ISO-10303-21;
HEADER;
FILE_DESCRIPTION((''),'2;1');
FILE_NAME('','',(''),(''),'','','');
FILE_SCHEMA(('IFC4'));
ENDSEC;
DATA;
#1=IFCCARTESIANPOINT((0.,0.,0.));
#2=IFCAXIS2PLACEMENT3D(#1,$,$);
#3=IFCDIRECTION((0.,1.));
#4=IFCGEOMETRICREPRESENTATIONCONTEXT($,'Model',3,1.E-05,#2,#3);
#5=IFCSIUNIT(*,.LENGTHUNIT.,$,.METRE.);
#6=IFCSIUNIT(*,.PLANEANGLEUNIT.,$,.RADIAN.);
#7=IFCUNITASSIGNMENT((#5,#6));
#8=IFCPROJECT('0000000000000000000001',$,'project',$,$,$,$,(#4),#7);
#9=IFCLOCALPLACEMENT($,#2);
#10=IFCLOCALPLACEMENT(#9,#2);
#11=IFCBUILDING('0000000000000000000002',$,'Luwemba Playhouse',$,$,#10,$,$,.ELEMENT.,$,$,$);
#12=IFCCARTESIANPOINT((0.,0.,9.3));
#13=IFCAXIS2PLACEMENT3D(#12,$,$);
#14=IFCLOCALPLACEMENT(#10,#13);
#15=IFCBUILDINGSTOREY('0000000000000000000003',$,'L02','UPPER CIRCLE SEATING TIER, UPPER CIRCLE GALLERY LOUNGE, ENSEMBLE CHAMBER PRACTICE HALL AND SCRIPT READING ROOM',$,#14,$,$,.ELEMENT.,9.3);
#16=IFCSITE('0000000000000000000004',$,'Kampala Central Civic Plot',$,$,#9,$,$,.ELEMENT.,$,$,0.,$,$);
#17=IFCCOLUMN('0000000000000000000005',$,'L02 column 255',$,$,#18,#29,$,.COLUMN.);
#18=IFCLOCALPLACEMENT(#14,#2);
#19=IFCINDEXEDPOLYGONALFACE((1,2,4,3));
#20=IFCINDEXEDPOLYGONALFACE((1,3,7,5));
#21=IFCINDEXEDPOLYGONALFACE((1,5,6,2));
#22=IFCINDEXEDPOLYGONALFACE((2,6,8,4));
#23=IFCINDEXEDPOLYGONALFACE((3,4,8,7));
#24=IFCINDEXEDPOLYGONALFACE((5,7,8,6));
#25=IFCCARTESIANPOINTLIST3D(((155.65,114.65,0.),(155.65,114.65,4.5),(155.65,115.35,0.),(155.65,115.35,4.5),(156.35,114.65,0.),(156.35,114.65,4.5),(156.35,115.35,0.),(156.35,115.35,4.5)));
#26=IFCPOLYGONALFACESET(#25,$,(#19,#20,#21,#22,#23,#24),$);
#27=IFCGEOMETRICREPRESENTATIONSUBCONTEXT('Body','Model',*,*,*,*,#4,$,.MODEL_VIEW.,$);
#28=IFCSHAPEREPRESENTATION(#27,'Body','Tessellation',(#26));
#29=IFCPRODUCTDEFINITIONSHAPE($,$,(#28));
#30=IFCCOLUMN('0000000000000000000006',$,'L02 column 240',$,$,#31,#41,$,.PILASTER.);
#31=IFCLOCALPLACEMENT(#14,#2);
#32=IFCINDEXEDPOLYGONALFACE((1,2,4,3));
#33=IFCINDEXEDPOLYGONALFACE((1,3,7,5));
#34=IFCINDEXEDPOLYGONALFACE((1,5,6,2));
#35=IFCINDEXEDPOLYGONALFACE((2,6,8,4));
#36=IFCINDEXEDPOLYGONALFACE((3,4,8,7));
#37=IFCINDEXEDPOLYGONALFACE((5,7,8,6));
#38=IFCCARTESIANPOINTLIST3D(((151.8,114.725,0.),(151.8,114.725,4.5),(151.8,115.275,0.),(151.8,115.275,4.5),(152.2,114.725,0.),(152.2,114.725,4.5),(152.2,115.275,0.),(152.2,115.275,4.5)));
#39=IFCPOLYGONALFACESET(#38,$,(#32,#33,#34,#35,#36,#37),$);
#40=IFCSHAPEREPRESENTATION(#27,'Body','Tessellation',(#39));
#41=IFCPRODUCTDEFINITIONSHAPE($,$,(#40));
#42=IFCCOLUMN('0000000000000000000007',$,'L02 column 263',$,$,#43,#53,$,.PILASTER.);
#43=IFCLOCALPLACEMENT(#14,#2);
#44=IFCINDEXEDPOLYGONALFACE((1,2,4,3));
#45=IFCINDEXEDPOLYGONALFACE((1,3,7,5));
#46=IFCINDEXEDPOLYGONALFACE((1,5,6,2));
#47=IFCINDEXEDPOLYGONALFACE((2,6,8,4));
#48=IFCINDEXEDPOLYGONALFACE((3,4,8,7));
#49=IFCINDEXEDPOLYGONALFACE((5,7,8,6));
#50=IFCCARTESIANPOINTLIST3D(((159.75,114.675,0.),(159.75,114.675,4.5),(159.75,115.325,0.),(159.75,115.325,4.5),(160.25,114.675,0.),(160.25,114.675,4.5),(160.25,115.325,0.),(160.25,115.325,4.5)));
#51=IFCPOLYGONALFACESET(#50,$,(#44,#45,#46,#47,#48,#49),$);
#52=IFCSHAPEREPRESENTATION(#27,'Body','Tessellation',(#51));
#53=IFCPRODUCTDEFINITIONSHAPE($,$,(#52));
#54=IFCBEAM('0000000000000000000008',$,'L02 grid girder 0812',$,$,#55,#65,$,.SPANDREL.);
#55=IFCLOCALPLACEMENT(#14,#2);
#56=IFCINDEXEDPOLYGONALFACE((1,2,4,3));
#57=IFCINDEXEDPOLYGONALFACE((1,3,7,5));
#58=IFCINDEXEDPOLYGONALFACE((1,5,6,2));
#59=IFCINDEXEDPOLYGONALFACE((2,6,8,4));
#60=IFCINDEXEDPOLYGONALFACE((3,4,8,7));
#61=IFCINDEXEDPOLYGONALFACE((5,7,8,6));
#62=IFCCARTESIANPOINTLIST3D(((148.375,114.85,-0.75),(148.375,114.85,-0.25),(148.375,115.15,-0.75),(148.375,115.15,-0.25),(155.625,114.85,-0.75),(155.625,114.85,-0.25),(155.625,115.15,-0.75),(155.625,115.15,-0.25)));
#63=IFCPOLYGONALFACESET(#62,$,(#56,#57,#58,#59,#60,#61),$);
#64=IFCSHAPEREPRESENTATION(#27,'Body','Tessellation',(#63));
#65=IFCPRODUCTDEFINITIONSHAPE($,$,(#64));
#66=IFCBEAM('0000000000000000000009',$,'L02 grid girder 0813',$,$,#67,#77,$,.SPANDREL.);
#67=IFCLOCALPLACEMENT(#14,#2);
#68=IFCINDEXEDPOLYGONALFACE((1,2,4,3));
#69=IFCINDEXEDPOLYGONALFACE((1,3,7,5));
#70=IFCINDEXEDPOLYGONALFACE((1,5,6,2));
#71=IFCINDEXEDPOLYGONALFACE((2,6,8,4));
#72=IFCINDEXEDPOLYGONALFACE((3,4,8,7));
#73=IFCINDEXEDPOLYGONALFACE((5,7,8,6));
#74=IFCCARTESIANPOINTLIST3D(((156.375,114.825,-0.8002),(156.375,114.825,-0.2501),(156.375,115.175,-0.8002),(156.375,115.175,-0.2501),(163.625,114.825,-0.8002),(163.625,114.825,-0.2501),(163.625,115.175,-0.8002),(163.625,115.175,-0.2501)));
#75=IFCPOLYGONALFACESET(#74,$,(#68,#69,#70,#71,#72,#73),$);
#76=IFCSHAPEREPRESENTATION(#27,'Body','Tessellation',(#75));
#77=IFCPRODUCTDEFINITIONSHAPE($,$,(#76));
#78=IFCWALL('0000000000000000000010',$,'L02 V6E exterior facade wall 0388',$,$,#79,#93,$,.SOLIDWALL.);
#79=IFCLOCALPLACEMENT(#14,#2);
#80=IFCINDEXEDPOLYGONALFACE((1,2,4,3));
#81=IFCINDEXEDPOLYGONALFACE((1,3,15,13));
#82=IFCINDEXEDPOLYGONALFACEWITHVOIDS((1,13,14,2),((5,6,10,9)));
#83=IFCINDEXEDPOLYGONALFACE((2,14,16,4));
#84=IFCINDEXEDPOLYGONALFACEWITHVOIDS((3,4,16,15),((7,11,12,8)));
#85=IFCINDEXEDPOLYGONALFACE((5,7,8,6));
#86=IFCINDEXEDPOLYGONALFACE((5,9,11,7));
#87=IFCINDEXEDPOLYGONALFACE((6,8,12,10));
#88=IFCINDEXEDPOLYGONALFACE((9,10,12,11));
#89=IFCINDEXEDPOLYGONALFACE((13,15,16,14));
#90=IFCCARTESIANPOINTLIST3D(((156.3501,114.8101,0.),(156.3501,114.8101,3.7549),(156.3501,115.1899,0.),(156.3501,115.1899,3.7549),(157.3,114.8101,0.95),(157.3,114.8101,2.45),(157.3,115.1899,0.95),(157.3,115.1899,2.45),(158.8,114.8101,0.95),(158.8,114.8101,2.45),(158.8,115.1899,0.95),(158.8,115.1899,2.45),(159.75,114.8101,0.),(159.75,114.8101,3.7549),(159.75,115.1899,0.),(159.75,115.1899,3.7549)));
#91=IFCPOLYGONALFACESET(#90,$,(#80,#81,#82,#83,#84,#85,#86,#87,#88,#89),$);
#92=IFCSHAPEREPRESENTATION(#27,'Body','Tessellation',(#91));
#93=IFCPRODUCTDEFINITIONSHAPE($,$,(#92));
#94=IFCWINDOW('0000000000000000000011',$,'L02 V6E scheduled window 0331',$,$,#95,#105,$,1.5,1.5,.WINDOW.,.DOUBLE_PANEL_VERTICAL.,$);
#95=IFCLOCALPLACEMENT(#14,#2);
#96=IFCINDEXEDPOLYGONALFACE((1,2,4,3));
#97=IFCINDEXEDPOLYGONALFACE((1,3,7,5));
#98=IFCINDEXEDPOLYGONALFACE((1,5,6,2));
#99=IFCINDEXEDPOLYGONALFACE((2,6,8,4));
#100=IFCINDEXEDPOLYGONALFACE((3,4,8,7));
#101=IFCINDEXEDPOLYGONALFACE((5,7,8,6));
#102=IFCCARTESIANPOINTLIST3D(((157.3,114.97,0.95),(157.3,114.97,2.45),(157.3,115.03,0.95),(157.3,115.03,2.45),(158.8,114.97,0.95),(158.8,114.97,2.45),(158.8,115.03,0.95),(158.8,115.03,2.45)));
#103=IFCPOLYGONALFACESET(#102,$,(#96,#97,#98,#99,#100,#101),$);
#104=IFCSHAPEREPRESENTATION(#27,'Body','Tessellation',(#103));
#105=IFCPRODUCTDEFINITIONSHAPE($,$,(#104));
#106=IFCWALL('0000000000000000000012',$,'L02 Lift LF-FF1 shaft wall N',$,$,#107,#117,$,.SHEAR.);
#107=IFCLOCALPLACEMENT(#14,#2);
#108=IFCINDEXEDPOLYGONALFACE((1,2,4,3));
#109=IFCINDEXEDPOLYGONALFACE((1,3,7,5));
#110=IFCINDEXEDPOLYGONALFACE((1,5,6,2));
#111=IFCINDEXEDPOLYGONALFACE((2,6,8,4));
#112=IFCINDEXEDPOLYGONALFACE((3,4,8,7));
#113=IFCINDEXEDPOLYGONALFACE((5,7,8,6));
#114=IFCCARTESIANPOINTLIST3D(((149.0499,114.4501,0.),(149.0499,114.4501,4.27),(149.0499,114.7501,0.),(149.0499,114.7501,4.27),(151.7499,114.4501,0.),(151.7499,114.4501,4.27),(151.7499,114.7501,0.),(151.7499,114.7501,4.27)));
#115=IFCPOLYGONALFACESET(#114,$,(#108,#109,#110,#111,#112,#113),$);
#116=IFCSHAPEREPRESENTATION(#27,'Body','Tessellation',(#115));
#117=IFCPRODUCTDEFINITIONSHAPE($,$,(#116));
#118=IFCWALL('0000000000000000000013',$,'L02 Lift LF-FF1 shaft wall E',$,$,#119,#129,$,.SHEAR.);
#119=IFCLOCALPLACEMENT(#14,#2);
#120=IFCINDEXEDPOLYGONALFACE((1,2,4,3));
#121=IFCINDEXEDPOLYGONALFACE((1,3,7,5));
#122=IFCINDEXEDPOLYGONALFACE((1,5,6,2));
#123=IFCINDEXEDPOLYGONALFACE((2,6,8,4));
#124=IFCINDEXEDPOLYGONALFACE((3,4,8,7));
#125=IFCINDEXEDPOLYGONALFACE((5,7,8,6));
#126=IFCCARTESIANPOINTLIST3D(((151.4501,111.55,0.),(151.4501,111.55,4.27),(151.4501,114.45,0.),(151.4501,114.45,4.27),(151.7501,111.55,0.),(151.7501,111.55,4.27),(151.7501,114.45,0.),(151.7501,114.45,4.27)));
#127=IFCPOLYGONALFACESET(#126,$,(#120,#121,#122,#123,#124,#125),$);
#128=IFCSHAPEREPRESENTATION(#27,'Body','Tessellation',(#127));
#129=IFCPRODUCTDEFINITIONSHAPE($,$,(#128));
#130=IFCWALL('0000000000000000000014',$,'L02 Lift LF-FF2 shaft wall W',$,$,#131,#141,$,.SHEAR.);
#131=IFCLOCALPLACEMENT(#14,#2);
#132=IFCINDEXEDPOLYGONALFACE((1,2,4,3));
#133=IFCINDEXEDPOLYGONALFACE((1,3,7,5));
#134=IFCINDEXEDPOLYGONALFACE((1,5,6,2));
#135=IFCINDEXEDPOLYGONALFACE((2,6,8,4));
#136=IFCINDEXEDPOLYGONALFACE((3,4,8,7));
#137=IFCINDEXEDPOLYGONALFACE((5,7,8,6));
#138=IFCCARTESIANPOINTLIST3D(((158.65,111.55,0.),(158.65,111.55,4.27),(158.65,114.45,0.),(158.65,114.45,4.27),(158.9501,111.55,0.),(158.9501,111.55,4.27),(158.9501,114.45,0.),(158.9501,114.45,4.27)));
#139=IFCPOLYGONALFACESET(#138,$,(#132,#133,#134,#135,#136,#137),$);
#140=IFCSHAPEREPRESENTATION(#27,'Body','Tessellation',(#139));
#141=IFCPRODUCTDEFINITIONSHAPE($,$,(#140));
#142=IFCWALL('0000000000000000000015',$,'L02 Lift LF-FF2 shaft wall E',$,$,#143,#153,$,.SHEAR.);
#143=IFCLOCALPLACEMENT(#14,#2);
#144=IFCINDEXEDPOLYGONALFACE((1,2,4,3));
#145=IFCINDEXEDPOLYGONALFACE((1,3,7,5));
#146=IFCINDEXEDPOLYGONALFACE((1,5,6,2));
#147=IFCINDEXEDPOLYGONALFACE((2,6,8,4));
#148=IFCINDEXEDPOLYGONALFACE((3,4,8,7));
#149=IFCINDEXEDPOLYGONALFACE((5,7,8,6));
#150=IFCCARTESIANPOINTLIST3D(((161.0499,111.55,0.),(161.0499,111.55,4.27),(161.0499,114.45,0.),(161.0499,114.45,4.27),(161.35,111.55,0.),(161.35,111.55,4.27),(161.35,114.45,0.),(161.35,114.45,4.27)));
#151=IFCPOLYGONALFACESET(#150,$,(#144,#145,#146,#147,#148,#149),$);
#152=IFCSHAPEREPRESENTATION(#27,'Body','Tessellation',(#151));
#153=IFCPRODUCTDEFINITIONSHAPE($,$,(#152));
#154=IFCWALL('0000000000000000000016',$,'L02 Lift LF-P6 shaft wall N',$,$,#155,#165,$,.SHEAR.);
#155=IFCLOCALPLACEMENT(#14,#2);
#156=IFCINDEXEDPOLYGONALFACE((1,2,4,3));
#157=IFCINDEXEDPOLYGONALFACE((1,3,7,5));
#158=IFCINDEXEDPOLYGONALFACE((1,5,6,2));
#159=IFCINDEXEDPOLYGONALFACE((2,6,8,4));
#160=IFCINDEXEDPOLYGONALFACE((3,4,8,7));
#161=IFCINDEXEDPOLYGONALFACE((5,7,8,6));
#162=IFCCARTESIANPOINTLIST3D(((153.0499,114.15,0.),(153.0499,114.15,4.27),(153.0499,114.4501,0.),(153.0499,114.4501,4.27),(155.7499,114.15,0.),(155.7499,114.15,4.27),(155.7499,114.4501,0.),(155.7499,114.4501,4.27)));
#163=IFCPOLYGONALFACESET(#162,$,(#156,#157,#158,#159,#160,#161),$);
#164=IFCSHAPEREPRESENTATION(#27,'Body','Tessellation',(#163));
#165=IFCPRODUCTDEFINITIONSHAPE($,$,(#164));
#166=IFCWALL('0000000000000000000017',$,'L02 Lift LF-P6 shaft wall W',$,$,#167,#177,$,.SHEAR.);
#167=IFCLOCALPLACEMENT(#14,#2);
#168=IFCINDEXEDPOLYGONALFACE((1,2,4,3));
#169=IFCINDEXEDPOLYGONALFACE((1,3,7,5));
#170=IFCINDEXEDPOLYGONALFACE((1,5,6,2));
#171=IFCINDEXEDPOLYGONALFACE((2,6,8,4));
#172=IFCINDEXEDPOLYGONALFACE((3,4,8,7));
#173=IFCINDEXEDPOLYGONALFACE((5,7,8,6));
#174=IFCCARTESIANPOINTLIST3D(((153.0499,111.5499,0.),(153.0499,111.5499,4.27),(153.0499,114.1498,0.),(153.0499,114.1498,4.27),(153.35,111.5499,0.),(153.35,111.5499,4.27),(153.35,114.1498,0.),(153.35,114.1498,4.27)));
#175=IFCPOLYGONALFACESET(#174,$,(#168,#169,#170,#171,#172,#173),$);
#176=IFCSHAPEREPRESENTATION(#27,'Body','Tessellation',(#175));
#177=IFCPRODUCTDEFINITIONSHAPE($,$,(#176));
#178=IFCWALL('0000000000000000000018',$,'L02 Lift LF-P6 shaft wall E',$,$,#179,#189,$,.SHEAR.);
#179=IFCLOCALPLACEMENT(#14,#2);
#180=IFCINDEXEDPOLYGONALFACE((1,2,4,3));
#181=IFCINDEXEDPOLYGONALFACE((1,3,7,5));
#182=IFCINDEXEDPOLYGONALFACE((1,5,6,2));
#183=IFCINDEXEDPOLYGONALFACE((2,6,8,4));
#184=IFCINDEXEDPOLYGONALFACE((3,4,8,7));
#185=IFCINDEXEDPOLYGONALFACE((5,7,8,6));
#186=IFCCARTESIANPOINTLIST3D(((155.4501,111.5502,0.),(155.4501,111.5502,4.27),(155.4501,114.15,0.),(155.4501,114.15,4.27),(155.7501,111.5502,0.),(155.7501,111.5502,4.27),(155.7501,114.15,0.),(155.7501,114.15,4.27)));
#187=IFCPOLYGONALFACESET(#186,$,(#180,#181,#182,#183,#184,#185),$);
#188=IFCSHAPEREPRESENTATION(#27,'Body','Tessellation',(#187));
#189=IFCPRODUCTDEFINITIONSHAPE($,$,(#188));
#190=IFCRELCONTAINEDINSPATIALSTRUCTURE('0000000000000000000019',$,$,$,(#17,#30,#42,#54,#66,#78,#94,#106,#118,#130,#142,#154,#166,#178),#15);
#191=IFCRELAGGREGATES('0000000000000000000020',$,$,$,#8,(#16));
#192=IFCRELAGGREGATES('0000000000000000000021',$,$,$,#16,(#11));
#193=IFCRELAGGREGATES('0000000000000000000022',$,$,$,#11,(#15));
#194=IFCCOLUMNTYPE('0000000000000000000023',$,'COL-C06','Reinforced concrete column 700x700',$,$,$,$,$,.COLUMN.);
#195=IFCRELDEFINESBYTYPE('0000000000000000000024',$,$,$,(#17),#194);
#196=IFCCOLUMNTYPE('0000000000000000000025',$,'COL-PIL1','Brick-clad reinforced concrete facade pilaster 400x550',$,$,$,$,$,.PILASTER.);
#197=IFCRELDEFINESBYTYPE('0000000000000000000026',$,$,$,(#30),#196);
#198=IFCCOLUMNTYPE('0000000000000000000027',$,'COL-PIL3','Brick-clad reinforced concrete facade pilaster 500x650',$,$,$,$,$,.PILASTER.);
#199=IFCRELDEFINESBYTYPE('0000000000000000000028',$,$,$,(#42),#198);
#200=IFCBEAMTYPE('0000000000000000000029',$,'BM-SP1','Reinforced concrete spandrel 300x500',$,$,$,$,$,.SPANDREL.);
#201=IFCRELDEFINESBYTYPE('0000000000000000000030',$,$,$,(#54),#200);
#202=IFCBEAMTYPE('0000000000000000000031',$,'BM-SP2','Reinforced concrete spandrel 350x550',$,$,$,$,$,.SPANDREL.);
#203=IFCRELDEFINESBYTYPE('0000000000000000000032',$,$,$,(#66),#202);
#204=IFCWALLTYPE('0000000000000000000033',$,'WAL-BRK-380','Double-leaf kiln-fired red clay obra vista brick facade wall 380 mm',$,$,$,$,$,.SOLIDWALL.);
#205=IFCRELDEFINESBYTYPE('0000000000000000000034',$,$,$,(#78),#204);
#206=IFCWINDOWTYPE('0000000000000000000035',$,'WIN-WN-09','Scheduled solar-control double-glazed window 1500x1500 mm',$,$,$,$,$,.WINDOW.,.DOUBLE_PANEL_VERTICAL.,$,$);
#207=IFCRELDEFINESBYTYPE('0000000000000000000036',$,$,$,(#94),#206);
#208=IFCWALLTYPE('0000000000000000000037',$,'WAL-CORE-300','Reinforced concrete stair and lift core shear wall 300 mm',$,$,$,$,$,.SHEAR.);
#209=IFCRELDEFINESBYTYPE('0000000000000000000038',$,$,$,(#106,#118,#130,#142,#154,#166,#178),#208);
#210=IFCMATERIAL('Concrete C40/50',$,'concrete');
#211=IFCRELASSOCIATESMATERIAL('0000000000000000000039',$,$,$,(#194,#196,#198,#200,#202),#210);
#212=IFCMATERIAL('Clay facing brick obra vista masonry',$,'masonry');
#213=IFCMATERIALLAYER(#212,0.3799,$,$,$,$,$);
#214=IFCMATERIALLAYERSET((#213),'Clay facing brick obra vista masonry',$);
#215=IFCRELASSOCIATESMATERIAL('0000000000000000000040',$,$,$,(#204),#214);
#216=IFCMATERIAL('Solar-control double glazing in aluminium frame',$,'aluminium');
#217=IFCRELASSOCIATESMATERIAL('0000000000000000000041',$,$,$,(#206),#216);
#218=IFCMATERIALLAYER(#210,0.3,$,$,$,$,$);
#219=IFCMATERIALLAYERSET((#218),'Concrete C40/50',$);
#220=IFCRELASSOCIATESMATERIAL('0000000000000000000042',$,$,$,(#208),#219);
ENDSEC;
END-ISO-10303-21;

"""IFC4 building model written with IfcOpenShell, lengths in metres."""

from ifc_helpers import new_model, si_unit, direction, frame, frame_2d, origin, origin_2d, place, context, subcontext, project, spatial, rectangle, extrude, material, layer, layer_set, material_profile, profile_set, type_object, element, fill, save


model = new_model("IFC4")

# Units and contexts
model_context = context("Model", 3, precision=1e-05, world=origin(), true_north=direction((0.0, 1.0)))
body_context = subcontext(model_context, "Body", "Model", "MODEL_VIEW")
ifc_project = project(units=[si_unit("LENGTHUNIT", "METRE"), si_unit("PLANEANGLEUNIT", "RADIAN")], contexts=[model_context])

# Site, building, storey
site_placement = place(None, origin())
site = spatial("IfcSite", under=ifc_project, at=site_placement, Name="Kampala Central Civic Plot", CompositionType="ELEMENT", RefElevation=0.0)
building_placement = place(site_placement, origin())
building = spatial("IfcBuilding", under=site, at=building_placement, Name="Luwemba Playhouse", CompositionType="ELEMENT")
storey_placement = place(building_placement, frame((0.0, 0.0, 9.3)))
storey = spatial("IfcBuildingStorey", under=building, at=storey_placement, Name="L02", Description="UPPER CIRCLE SEATING TIER, UPPER CIRCLE GALLERY LOUNGE, ENSEMBLE CHAMBER PRACTICE HALL AND SCRIPT READING ROOM", CompositionType="ELEMENT", Elevation=9.3)

# Columns
ifc_material_1 = material(Name="Concrete C40/50", Category="concrete")
ifc_material_profile_1 = material_profile(ifc_material_1, rectangle(XDim=0.7, YDim=0.7, at=origin_2d()))
ifc_profile_set_1 = profile_set([ifc_material_profile_1], Name="Concrete C40/50")
column_type_1 = type_object("IfcColumnType", Name="COL-C06", Description="Reinforced concrete column 700x700", PredefinedType="COLUMN", material=ifc_profile_set_1)
column_1_placement = place(storey_placement, frame((156.0, 115.0, 0.0), z_axis=(0.0, 0.0, 1.0), x_axis=(1.0, 0.0, 0.0)))
element("IfcColumn", 1, at=column_1_placement, inside=storey, type_object=column_type_1, Name="L02 column 255", PredefinedType="COLUMN", context=body_context, shape_type="SweptSolid", body=[
    extrude(rectangle(XDim=0.7, YDim=0.7, at=origin_2d()), origin(), (0.0, 0.0, 1.0), 4.5),
])
ifc_material_profile_2 = material_profile(ifc_material_1, rectangle(XDim=0.3999, YDim=0.55, at=origin_2d()))
ifc_profile_set_2 = profile_set([ifc_material_profile_2], Name="Concrete C40/50")
column_type_2 = type_object("IfcColumnType", Name="COL-PIL1", Description="Brick-clad reinforced concrete facade pilaster 400x550", PredefinedType="PILASTER", material=ifc_profile_set_2)
column_2_placement = place(storey_placement, frame((152.0, 115.0, 0.0), z_axis=(0.0, 0.0, 1.0), x_axis=(1.0, 0.0, 0.0)))
element("IfcColumn", 2, at=column_2_placement, inside=storey, type_object=column_type_2, Name="L02 column 240", PredefinedType="PILASTER", context=body_context, shape_type="SweptSolid", body=[
    extrude(rectangle(XDim=0.3999, YDim=0.55, at=origin_2d()), origin(), (0.0, 0.0, 1.0), 4.5),
])
ifc_material_profile_3 = material_profile(ifc_material_1, rectangle(XDim=0.5, YDim=0.6499, at=origin_2d()))
ifc_profile_set_3 = profile_set([ifc_material_profile_3], Name="Concrete C40/50")
column_type_3 = type_object("IfcColumnType", Name="COL-PIL3", Description="Brick-clad reinforced concrete facade pilaster 500x650", PredefinedType="PILASTER", material=ifc_profile_set_3)
column_3_placement = place(storey_placement, frame((160.0, 115.0, 0.0), z_axis=(0.0, 0.0, 1.0), x_axis=(1.0, 0.0, 0.0)))
element("IfcColumn", 3, at=column_3_placement, inside=storey, type_object=column_type_3, Name="L02 column 263", PredefinedType="PILASTER", context=body_context, shape_type="SweptSolid", body=[
    extrude(rectangle(XDim=0.5, YDim=0.6499, at=origin_2d()), origin(), (0.0, 0.0, 1.0), 4.5),
])

# Beams
ifc_material_profile_4 = material_profile(ifc_material_1, rectangle(XDim=0.3, YDim=0.5, at=origin_2d()))
ifc_profile_set_4 = profile_set([ifc_material_profile_4], Name="Concrete C40/50")
beam_type_1 = type_object("IfcBeamType", Name="BM-SP1", Description="Reinforced concrete spandrel 300x500", PredefinedType="SPANDREL", material=ifc_profile_set_4)
beam_1_placement = place(storey_placement, frame((148.375, 115.0, -0.5), z_axis=(1.0, 0.0, 0.0), x_axis=(0.0, 1.0, 0.0)))
element("IfcBeam", 4, at=beam_1_placement, inside=storey, type_object=beam_type_1, Name="L02 grid girder 0812", PredefinedType="SPANDREL", context=body_context, shape_type="SweptSolid", body=[
    extrude(rectangle(XDim=0.3, YDim=0.5, at=origin_2d()), origin(), (0.0, 0.0, 1.0), 7.25),
])
ifc_material_profile_5 = material_profile(ifc_material_1, rectangle(XDim=0.3501, YDim=0.55, at=origin_2d()))
ifc_profile_set_5 = profile_set([ifc_material_profile_5], Name="Concrete C40/50")
beam_type_2 = type_object("IfcBeamType", Name="BM-SP2", Description="Reinforced concrete spandrel 350x550", PredefinedType="SPANDREL", material=ifc_profile_set_5)
beam_2_placement = place(storey_placement, frame((156.375, 115.0, -0.5251), z_axis=(1.0, 0.0, 0.0), x_axis=(0.0, 1.0, 0.0)))
element("IfcBeam", 5, at=beam_2_placement, inside=storey, type_object=beam_type_2, Name="L02 grid girder 0813", PredefinedType="SPANDREL", context=body_context, shape_type="SweptSolid", body=[
    extrude(rectangle(XDim=0.3501, YDim=0.55, at=origin_2d()), origin(), (0.0, 0.0, 1.0), 7.25),
])

# Wall, opening, window
ifc_material_2 = material(Name="Clay facing brick obra vista masonry", Category="masonry")
ifc_layer_1 = layer(ifc_material_2, 0.3799)
ifc_layer_set_1 = layer_set([ifc_layer_1], Name="Clay facing brick obra vista masonry")
wall_type_1 = type_object("IfcWallType", Name="WAL-BRK-380", Description="Double-leaf kiln-fired red clay obra vista brick facade wall 380 mm", PredefinedType="SOLIDWALL", material=ifc_layer_set_1)
wall_1_placement = place(storey_placement, frame((156.3501, 115.0, 0.0), z_axis=(0.0, 0.0, 1.0), x_axis=(1.0, 0.0, 0.0)))
wall_1 = element("IfcWall", 6, at=wall_1_placement, inside=storey, type_object=wall_type_1, Name="L02 V6E exterior facade wall 0388", PredefinedType="SOLIDWALL", context=body_context, shape_type="SweptSolid", body=[
    extrude(rectangle(XDim=3.3999, YDim=0.3799, at=frame_2d((1.7, 0.0))), origin(), (0.0, 0.0, 1.0), 3.7549),
])
opening_1_placement = place(wall_1_placement, frame((0.95, 0.0, 0.95)))
opening_1 = element("IfcOpeningElement", 7, at=opening_1_placement, cuts=wall_1, PredefinedType="OPENING", context=body_context, shape_type="SweptSolid", body=[
    extrude(rectangle(XDim=1.5, YDim=1.5, at=frame_2d((0.75, 0.75))), frame((0.0, 0.2, 0.0), z_axis=(0.0, -1.0, 0.0), x_axis=(1.0, 0.0, 0.0)), (0.0, 0.0, 1.0), 0.3999),
])
ifc_material_3 = material(Name="Solar-control double glazing in aluminium frame", Category="aluminium")
window_type_1 = type_object("IfcWindowType", Name="WIN-WN-09", Description="Scheduled solar-control double-glazed window 1500x1500 mm", PartitioningType="DOUBLE_PANEL_VERTICAL", PredefinedType="WINDOW", material=ifc_material_3)
window_1_placement = place(opening_1_placement, origin())
window_1 = element("IfcWindow", 8, at=window_1_placement, inside=storey, type_object=window_type_1, Name="L02 V6E scheduled window 0331", OverallHeight=1.5, OverallWidth=1.5, PartitioningType="DOUBLE_PANEL_VERTICAL", PredefinedType="WINDOW", context=body_context, shape_type="SweptSolid", body=[
    extrude(rectangle(XDim=1.5, YDim=1.5, at=frame_2d((0.75, 0.75))), frame((0.0, 0.03, 0.0), z_axis=(0.0, -1.0, 0.0), x_axis=(1.0, 0.0, 0.0)), (0.0, 0.0, 1.0), 0.0601),
])
fill(opening_1, window_1)

# Walls
ifc_layer_2 = layer(ifc_material_1, 0.3)
ifc_layer_set_2 = layer_set([ifc_layer_2], Name="Concrete C40/50")
wall_type_2 = type_object("IfcWallType", Name="WAL-CORE-300", Description="Reinforced concrete stair and lift core shear wall 300 mm", PredefinedType="SHEAR", material=ifc_layer_set_2)
wall_2_placement = place(storey_placement, frame((151.75, 114.6001, 0.0), z_axis=(0.0, 0.0, 1.0), x_axis=(-1.0, 0.0, 0.0)))
element("IfcWall", 9, at=wall_2_placement, inside=storey, type_object=wall_type_2, Name="L02 Lift LF-FF1 shaft wall N", PredefinedType="SHEAR", context=body_context, shape_type="SweptSolid", body=[
    extrude(rectangle(XDim=2.7, YDim=0.3, at=frame_2d((1.3501, 0.0))), origin(), (0.0, 0.0, 1.0), 4.27),
])
for number, where, z_axis, x_axis, name in (
    (10, (151.6001, 114.45, 0.0), (0.0, 0.0, 1.0), (0.0, -1.0, 0.0), "L02 Lift LF-FF1 shaft wall E"),
    (11, (158.8, 111.55, 0.0), (0.0, 0.0, 1.0), (0.0, 1.0, 0.0), "L02 Lift LF-FF2 shaft wall W"),
    (12, (161.2, 114.45, 0.0), (0.0, 0.0, 1.0), (0.0, -1.0, 0.0), "L02 Lift LF-FF2 shaft wall E"),
):
    element("IfcWall", number, at=place(storey_placement, frame(where, z_axis=z_axis, x_axis=x_axis)), inside=storey, type_object=wall_type_2, Name=name, PredefinedType="SHEAR", context=body_context, shape_type="SweptSolid", body=[
        extrude(rectangle(XDim=2.8999, YDim=0.3, at=frame_2d((1.45, 0.0))), origin(), (0.0, 0.0, 1.0), 4.27),
    ])
wall_3_placement = place(storey_placement, frame((155.75, 114.3, 0.0), z_axis=(0.0, 0.0, 1.0), x_axis=(-1.0, 0.0, 0.0)))
element("IfcWall", 13, at=wall_3_placement, inside=storey, type_object=wall_type_2, Name="L02 Lift LF-P6 shaft wall N", PredefinedType="SHEAR", context=body_context, shape_type="SweptSolid", body=[
    extrude(rectangle(XDim=2.7, YDim=0.3, at=frame_2d((1.3501, 0.0))), origin(), (0.0, 0.0, 1.0), 4.27),
])
for number, where, z_axis, x_axis, name in (
    (14, (153.2, 111.55, 0.0), (0.0, 0.0, 1.0), (0.0, 1.0, 0.0), "L02 Lift LF-P6 shaft wall W"),
    (15, (155.6001, 114.1499, 0.0), (0.0, 0.0, 1.0), (0.0, -1.0, 0.0), "L02 Lift LF-P6 shaft wall E"),
):
    element("IfcWall", number, at=place(storey_placement, frame(where, z_axis=z_axis, x_axis=x_axis)), inside=storey, type_object=wall_type_2, Name=name, PredefinedType="SHEAR", context=body_context, shape_type="SweptSolid", body=[
        extrude(rectangle(XDim=2.5999, YDim=0.3, at=frame_2d((1.2998, 0.0))), origin(), (0.0, 0.0, 1.0), 4.27),
    ])

save(model, "model.ifc")
